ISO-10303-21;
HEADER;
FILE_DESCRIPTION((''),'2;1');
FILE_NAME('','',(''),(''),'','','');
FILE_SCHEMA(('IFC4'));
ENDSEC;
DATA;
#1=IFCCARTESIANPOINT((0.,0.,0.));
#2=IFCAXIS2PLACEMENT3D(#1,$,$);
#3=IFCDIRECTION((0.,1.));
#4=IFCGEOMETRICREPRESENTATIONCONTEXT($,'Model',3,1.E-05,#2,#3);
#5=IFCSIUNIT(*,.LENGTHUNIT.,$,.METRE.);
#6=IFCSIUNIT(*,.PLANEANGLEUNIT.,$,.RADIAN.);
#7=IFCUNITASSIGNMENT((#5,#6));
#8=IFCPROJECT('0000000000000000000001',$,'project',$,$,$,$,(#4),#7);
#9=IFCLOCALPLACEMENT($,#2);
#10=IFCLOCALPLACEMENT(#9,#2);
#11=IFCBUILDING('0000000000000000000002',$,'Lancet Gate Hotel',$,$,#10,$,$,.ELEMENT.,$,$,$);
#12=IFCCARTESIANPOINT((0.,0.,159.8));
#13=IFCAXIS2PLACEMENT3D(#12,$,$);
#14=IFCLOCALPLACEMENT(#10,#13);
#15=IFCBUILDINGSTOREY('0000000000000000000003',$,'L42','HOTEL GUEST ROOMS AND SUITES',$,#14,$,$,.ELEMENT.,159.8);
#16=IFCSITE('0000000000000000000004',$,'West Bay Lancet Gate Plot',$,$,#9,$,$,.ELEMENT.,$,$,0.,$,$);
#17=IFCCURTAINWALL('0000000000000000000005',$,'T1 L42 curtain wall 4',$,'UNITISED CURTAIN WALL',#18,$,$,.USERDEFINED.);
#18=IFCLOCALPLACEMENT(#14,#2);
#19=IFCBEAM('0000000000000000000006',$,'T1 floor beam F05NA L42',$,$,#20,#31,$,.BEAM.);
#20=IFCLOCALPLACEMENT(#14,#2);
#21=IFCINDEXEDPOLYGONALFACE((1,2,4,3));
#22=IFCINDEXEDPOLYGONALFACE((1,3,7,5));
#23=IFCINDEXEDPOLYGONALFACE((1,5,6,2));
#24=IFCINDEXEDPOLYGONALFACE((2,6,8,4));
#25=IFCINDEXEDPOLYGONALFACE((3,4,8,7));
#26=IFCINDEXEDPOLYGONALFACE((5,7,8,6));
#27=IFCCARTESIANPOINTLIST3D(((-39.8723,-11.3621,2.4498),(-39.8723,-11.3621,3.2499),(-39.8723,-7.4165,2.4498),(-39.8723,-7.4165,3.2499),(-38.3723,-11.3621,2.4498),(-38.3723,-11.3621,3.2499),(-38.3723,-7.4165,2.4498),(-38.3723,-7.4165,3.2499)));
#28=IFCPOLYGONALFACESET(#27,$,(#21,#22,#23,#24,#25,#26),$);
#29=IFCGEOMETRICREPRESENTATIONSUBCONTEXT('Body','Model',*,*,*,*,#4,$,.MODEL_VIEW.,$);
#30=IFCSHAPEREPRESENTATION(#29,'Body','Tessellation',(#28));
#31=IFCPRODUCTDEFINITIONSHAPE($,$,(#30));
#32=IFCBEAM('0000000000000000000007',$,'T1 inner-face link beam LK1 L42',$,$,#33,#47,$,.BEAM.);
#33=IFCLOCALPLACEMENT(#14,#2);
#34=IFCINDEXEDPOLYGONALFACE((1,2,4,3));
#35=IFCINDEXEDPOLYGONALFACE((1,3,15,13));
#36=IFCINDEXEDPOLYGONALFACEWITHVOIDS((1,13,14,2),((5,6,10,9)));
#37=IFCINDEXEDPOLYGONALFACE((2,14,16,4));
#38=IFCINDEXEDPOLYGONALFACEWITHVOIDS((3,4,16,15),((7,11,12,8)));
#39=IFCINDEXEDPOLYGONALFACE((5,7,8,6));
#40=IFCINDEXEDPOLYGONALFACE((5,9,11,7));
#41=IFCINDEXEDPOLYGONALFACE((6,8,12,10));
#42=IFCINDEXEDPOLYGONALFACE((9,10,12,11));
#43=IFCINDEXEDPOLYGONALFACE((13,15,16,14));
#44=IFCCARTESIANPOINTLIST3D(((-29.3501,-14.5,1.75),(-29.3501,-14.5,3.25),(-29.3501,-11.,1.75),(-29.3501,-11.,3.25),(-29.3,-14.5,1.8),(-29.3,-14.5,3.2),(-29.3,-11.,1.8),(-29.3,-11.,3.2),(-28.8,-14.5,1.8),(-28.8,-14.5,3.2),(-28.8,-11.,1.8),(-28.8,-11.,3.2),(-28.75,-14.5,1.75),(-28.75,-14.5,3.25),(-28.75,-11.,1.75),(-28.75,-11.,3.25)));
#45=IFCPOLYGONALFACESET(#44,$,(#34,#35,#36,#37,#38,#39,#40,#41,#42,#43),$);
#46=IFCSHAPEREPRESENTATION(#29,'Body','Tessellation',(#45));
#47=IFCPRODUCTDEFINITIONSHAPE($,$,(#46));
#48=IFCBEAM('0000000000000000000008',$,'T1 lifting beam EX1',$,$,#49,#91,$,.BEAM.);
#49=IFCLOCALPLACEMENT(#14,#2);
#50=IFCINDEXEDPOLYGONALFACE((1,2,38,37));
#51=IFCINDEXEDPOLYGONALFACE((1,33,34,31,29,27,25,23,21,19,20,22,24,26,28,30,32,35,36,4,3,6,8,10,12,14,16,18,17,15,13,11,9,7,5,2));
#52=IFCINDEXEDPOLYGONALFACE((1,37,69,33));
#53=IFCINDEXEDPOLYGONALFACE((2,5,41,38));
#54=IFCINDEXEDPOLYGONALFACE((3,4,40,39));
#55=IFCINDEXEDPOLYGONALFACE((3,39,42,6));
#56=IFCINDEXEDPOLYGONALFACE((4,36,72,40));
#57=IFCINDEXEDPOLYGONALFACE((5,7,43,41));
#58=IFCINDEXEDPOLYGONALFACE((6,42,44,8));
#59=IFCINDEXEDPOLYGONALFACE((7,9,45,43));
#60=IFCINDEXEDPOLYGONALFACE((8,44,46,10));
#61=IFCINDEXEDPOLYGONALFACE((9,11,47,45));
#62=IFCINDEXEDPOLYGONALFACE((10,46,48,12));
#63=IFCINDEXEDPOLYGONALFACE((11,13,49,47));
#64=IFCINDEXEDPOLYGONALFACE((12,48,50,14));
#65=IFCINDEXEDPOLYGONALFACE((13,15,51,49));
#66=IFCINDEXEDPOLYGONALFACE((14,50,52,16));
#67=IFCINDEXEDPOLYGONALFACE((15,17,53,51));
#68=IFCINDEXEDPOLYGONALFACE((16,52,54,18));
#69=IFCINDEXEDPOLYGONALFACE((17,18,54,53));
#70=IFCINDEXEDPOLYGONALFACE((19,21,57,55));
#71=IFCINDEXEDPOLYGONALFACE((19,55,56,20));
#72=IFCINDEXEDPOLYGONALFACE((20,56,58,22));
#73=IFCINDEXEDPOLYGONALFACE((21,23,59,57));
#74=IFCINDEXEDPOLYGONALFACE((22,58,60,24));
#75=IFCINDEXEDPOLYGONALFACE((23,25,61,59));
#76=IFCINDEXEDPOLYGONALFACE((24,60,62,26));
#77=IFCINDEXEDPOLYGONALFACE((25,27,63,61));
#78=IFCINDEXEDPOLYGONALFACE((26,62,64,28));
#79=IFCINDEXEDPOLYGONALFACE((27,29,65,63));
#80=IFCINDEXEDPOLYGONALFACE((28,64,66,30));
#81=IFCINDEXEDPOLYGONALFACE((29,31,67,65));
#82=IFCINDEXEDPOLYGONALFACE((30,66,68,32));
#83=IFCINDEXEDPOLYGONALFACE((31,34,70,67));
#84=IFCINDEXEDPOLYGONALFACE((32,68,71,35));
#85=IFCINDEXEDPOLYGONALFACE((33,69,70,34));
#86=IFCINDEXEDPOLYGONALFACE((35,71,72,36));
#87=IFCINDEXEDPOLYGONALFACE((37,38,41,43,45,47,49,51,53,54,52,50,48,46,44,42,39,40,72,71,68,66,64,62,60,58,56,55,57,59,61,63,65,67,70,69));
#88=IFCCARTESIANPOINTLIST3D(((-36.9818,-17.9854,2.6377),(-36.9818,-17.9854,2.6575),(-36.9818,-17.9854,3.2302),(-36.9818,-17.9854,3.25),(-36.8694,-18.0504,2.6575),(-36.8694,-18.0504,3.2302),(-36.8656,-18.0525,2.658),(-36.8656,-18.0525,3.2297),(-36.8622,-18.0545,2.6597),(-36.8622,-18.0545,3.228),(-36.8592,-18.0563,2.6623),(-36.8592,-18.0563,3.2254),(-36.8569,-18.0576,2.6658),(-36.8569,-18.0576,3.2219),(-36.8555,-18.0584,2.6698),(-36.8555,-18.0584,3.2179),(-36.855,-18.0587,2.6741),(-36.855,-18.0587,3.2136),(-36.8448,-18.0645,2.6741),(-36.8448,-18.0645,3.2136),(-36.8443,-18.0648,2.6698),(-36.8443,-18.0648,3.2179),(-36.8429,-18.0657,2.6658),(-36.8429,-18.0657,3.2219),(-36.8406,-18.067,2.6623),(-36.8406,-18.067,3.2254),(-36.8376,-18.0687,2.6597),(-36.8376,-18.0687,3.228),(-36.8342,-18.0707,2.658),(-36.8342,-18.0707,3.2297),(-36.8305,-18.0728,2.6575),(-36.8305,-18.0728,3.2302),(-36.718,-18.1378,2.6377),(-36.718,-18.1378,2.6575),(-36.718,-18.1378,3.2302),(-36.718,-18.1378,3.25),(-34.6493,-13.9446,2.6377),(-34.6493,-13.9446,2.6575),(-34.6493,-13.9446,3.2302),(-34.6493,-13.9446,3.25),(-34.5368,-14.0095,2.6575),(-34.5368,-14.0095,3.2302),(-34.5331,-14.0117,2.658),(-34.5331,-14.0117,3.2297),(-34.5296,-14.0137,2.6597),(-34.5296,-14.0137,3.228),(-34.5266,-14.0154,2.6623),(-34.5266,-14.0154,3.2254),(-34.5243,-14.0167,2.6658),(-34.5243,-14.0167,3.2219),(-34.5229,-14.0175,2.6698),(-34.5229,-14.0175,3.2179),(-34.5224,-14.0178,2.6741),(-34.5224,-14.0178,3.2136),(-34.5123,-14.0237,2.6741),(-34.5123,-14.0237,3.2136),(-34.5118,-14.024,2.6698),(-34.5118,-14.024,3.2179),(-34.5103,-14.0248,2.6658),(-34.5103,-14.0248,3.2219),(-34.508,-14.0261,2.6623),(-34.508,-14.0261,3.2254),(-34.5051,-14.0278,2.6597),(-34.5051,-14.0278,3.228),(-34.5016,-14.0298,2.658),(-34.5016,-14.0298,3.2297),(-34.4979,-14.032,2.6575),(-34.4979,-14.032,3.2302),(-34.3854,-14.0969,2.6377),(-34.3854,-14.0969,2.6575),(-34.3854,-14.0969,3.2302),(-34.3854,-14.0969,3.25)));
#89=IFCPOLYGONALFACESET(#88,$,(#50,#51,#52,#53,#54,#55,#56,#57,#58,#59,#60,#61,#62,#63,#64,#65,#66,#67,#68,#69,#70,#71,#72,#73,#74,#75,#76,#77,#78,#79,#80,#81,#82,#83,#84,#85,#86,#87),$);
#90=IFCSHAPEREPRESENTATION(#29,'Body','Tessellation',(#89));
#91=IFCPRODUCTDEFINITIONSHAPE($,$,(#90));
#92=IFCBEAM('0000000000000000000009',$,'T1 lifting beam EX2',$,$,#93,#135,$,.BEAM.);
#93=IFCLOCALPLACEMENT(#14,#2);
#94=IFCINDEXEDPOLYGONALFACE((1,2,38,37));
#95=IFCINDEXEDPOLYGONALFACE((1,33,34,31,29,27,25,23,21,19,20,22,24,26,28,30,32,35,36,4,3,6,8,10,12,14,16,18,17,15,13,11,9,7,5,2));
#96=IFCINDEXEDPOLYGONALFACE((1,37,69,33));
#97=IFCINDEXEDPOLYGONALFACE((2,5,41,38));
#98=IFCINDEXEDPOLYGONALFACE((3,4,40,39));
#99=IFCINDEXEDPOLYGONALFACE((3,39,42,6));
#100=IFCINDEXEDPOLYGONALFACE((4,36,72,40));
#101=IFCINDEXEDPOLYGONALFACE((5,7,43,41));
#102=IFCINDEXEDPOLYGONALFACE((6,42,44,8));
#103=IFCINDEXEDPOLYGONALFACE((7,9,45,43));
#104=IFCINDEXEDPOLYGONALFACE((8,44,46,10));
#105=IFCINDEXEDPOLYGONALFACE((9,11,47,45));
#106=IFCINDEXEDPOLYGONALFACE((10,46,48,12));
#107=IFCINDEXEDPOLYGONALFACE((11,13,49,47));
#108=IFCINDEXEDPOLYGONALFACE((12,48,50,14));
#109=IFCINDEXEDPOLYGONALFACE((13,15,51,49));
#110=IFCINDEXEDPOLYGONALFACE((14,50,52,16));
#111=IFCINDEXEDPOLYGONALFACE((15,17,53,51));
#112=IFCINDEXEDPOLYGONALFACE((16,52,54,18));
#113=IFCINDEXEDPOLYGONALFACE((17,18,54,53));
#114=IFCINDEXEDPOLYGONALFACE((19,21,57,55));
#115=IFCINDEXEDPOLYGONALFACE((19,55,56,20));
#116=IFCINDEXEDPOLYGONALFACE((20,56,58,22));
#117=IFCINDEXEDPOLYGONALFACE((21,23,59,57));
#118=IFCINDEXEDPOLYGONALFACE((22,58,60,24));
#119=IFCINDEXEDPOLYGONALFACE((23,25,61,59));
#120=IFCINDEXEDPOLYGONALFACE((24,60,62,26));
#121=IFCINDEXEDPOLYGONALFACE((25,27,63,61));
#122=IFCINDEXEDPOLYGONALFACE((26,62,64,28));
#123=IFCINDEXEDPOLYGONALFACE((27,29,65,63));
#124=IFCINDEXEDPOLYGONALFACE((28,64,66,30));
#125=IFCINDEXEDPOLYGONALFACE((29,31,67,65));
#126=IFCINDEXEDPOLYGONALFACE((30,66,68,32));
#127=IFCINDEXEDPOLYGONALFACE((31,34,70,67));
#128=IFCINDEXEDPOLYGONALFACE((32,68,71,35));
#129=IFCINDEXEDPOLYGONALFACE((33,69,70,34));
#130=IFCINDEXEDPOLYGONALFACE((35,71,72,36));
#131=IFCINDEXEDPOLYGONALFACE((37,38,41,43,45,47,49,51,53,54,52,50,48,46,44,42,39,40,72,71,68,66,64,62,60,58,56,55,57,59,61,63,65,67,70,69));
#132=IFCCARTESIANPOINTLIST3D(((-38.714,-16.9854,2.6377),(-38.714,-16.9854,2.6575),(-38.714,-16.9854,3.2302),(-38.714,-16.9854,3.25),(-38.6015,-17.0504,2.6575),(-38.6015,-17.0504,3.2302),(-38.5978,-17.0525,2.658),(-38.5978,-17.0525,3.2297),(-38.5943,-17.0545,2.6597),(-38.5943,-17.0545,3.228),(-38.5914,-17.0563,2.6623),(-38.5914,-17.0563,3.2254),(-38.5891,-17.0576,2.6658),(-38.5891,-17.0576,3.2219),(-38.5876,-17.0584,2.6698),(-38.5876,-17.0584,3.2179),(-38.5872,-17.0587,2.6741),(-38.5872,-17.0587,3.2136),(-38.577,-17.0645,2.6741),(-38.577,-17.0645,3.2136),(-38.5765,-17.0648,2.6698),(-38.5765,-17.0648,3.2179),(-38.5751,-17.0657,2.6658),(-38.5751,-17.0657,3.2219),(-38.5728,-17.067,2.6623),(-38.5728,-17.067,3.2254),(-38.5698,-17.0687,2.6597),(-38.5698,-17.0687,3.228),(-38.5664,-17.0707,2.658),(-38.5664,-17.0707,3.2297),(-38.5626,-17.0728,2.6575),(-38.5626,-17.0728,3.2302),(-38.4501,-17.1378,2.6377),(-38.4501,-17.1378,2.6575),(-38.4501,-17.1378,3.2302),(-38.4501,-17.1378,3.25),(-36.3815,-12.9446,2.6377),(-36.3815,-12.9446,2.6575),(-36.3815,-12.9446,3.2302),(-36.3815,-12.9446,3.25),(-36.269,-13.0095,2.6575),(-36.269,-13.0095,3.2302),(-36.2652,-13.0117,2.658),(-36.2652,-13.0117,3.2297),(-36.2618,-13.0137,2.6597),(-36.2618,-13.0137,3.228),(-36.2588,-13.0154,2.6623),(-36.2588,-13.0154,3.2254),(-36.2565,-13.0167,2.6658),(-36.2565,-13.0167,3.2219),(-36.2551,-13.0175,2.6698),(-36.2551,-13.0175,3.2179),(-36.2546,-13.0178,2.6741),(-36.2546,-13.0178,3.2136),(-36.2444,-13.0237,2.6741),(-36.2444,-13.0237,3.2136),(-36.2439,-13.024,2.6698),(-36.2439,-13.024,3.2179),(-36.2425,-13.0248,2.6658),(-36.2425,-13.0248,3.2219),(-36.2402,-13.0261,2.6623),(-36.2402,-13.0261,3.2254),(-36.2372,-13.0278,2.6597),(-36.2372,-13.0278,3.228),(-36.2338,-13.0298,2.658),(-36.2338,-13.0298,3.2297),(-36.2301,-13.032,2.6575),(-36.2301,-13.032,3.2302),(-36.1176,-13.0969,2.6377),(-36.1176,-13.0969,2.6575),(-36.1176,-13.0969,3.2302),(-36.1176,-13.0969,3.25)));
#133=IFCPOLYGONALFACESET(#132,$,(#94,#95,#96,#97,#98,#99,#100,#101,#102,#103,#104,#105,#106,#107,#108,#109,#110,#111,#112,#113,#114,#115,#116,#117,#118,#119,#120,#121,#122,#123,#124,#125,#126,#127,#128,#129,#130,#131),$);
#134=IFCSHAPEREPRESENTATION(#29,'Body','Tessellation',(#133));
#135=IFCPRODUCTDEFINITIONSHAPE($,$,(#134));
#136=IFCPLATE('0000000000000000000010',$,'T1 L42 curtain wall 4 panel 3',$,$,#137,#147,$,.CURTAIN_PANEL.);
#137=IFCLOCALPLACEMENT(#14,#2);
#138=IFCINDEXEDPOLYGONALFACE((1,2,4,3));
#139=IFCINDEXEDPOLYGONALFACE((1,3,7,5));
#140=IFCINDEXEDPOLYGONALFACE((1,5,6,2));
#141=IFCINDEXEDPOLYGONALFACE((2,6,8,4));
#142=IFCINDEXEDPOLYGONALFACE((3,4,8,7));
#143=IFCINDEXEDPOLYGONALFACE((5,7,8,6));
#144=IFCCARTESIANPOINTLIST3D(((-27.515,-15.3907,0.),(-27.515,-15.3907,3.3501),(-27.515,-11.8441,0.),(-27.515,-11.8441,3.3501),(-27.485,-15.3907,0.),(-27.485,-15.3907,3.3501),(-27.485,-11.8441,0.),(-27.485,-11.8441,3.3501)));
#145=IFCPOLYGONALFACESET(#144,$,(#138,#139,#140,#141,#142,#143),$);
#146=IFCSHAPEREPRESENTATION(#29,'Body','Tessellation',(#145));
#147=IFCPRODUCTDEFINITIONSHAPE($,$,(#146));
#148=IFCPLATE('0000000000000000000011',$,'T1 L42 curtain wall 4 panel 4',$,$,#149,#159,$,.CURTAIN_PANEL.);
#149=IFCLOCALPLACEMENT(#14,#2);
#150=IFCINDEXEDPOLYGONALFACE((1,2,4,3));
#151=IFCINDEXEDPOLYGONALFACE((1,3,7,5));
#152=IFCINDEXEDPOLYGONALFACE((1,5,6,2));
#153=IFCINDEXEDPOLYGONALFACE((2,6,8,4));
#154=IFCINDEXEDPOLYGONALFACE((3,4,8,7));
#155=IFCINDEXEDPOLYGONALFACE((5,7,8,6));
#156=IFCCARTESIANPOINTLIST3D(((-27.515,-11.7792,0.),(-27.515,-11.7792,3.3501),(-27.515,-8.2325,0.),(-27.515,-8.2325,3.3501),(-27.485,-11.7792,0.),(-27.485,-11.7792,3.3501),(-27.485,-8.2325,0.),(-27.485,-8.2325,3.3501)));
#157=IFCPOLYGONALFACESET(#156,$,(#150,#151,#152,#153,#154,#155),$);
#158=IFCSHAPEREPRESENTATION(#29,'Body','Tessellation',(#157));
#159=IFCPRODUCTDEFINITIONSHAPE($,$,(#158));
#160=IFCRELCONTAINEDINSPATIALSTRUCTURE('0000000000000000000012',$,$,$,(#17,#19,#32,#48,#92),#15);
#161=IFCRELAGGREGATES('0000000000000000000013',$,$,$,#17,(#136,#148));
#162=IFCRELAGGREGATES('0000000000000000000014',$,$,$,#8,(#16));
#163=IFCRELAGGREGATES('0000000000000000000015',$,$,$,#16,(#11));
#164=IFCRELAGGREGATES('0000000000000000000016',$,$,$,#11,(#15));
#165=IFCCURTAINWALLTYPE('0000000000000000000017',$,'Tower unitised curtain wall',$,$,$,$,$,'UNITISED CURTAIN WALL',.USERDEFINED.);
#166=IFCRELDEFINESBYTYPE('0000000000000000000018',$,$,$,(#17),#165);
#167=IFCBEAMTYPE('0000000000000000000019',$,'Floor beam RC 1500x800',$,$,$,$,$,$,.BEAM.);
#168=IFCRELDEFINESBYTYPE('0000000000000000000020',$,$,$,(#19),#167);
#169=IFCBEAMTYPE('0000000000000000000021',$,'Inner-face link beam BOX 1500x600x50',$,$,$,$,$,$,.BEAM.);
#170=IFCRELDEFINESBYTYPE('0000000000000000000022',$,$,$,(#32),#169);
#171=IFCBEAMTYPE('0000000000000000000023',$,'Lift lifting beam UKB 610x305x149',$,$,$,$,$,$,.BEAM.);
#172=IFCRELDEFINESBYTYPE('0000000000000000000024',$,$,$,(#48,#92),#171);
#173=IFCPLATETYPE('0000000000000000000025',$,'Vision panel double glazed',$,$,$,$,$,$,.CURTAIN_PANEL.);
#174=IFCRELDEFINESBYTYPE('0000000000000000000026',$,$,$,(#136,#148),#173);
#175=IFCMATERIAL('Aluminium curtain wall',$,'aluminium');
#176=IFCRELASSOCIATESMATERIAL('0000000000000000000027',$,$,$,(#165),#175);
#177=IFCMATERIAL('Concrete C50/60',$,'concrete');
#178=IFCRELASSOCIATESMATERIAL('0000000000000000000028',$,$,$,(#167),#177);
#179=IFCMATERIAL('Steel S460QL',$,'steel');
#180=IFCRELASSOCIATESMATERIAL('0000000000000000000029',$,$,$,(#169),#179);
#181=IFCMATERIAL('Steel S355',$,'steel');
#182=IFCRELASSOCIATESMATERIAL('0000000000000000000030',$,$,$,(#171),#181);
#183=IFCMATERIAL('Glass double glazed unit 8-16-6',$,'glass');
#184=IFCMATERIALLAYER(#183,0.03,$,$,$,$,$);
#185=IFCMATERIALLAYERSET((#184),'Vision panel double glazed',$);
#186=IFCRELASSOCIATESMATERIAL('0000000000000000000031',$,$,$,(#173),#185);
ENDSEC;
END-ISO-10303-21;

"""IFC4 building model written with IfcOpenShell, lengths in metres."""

from ifc_helpers import new_model, si_unit, direction, frame, origin, origin_2d, place, context, subcontext, project, spatial, rectangle, hollow_rectangle, i_section, extrude, material, layer, layer_set, material_profile, profile_set, type_object, element, aggregate, save


model = new_model("IFC4")

# Units and contexts
model_context = context("Model", 3, precision=1e-05, world=origin(), true_north=direction((0.0, 1.0)))
body_context = subcontext(model_context, "Body", "Model", "MODEL_VIEW")
ifc_project = project(units=[si_unit("LENGTHUNIT", "METRE"), si_unit("PLANEANGLEUNIT", "RADIAN")], contexts=[model_context])

# Site, building, storey
site_placement = place(None, origin())
site = spatial("IfcSite", under=ifc_project, at=site_placement, Name="West Bay Lancet Gate Plot", CompositionType="ELEMENT", RefElevation=0.0)
building_placement = place(site_placement, origin())
building = spatial("IfcBuilding", under=site, at=building_placement, Name="Lancet Gate Hotel", CompositionType="ELEMENT")
storey_placement = place(building_placement, frame((0.0, 0.0, 159.8)))
storey = spatial("IfcBuildingStorey", under=building, at=storey_placement, Name="L42", Description="HOTEL GUEST ROOMS AND SUITES", CompositionType="ELEMENT", Elevation=159.8)

# Curtain wall
ifc_material_1 = material(Name="Aluminium curtain wall", Category="aluminium")
curtain_wall_type = type_object("IfcCurtainWallType", Name="Tower unitised curtain wall", ElementType="UNITISED CURTAIN WALL", PredefinedType="USERDEFINED", material=ifc_material_1)
curtain_wall_placement = place(storey_placement, origin())
curtain_wall = element("IfcCurtainWall", 1, at=curtain_wall_placement, inside=storey, type_object=curtain_wall_type, Name="T1 L42 curtain wall 4", ObjectType="UNITISED CURTAIN WALL", PredefinedType="USERDEFINED")

# Beams
ifc_material_2 = material(Name="Concrete C50/60", Category="concrete")
ifc_material_profile_1 = material_profile(ifc_material_2, rectangle(XDim=1.5, YDim=0.8, at=origin_2d()), Name="RC 1500x800")
ifc_profile_set_1 = profile_set([ifc_material_profile_1], Name="Concrete C50/60")
beam_type_1 = type_object("IfcBeamType", Name="Floor beam RC 1500x800", PredefinedType="BEAM", material=ifc_profile_set_1)
beam_1_placement = place(storey_placement, frame((-39.1223, -7.4165, 2.8499), z_axis=(0.0, -1.0, 0.0), x_axis=(1.0, 0.0, 0.0)))
element("IfcBeam", 2, at=beam_1_placement, inside=storey, type_object=beam_type_1, Name="T1 floor beam F05NA L42", PredefinedType="BEAM", context=body_context, shape_type="SweptSolid", body=[
    extrude(rectangle(XDim=1.5, YDim=0.8, at=origin_2d()), origin(), (0.0, 0.0, 1.0), 3.9456),
])
ifc_material_3 = material(Name="Steel S460QL", Category="steel")
ifc_material_profile_2 = material_profile(ifc_material_3, hollow_rectangle(XDim=0.6001, YDim=1.5, WallThickness=0.05, at=origin_2d()), Name="BOX 1500x600x50")
ifc_profile_set_2 = profile_set([ifc_material_profile_2], Name="Steel S460QL")
beam_type_2 = type_object("IfcBeamType", Name="Inner-face link beam BOX 1500x600x50", PredefinedType="BEAM", material=ifc_profile_set_2)
beam_2_placement = place(storey_placement, frame((-29.05, -11.0, 2.5), z_axis=(0.0, -1.0, 0.0), x_axis=(1.0, 0.0, 0.0)))
element("IfcBeam", 3, at=beam_2_placement, inside=storey, type_object=beam_type_2, Name="T1 inner-face link beam LK1 L42", PredefinedType="BEAM", context=body_context, shape_type="SweptSolid", body=[
    extrude(hollow_rectangle(XDim=0.6001, YDim=1.5, WallThickness=0.05, at=origin_2d()), origin(), (0.0, 0.0, 1.0), 3.5),
])
ifc_material_4 = material(Name="Steel S355", Category="steel")
ifc_material_profile_3 = material_profile(ifc_material_4, i_section(OverallWidth=0.3047, OverallDepth=0.6123, WebThickness=0.0117, FlangeThickness=0.0198, FilletRadius=0.0166, at=origin_2d()), Name="UKB 610x305x149")
ifc_profile_set_3 = profile_set([ifc_material_profile_3], Name="Steel S355")
beam_type_3 = type_object("IfcBeamType", Name="Lift lifting beam UKB 610x305x149", PredefinedType="BEAM", material=ifc_profile_set_3)
for number, where, z_axis, x_axis, name in (
    (4, (-34.5173, -14.0208, 2.9438), (-0.499932, -0.866064, 0.0), (0.866064, -0.499932, 0.0), "T1 lifting beam EX1"),
    (5, (-36.2495, -13.0208, 2.9438), (-0.499932, -0.866064, 0.0), (0.866064, -0.499932, 0.0), "T1 lifting beam EX2"),
):
    element("IfcBeam", number, at=place(storey_placement, frame(where, z_axis=z_axis, x_axis=x_axis)), inside=storey, type_object=beam_type_3, Name=name, PredefinedType="BEAM", context=body_context, shape_type="SweptSolid", body=[
        extrude(i_section(OverallWidth=0.3047, OverallDepth=0.6123, WebThickness=0.0117, FlangeThickness=0.0198, FilletRadius=0.0166, at=origin_2d()), origin(), (0.0, 0.0, 1.0), 4.6658),
    ])

# Plates
ifc_material_5 = material(Name="Glass double glazed unit 8-16-6", Category="glass")
ifc_layer_1 = layer(ifc_material_5, 0.03)
ifc_layer_set_1 = layer_set([ifc_layer_1], Name="Vision panel double glazed")
plate_type = type_object("IfcPlateType", Name="Vision panel double glazed", PredefinedType="CURTAIN_PANEL", material=ifc_layer_set_1)
plate_1_placement = place(storey_placement, frame((-27.5, -13.6174, 0.0), z_axis=(0.0, 0.0, 1.0), x_axis=(0.0, 1.0, 0.0)))
plate_1 = element("IfcPlate", 6, at=plate_1_placement, type_object=plate_type, Name="T1 L42 curtain wall 4 panel 3", PredefinedType="CURTAIN_PANEL", context=body_context, shape_type="SweptSolid", body=[
    extrude(rectangle(XDim=3.5466, YDim=0.03, at=origin_2d()), origin(), (0.0, 0.0, 1.0), 3.3501),
])
plate_2_placement = place(storey_placement, frame((-27.5, -10.0059, 0.0), z_axis=(0.0, 0.0, 1.0), x_axis=(0.0, 1.0, 0.0)))
plate_2 = element("IfcPlate", 7, at=plate_2_placement, type_object=plate_type, Name="T1 L42 curtain wall 4 panel 4", PredefinedType="CURTAIN_PANEL", context=body_context, shape_type="SweptSolid", body=[
    extrude(rectangle(XDim=3.5466, YDim=0.03, at=origin_2d()), origin(), (0.0, 0.0, 1.0), 3.3501),
])
aggregate(curtain_wall, [plate_1, plate_2])

save(model, "model.ifc")
